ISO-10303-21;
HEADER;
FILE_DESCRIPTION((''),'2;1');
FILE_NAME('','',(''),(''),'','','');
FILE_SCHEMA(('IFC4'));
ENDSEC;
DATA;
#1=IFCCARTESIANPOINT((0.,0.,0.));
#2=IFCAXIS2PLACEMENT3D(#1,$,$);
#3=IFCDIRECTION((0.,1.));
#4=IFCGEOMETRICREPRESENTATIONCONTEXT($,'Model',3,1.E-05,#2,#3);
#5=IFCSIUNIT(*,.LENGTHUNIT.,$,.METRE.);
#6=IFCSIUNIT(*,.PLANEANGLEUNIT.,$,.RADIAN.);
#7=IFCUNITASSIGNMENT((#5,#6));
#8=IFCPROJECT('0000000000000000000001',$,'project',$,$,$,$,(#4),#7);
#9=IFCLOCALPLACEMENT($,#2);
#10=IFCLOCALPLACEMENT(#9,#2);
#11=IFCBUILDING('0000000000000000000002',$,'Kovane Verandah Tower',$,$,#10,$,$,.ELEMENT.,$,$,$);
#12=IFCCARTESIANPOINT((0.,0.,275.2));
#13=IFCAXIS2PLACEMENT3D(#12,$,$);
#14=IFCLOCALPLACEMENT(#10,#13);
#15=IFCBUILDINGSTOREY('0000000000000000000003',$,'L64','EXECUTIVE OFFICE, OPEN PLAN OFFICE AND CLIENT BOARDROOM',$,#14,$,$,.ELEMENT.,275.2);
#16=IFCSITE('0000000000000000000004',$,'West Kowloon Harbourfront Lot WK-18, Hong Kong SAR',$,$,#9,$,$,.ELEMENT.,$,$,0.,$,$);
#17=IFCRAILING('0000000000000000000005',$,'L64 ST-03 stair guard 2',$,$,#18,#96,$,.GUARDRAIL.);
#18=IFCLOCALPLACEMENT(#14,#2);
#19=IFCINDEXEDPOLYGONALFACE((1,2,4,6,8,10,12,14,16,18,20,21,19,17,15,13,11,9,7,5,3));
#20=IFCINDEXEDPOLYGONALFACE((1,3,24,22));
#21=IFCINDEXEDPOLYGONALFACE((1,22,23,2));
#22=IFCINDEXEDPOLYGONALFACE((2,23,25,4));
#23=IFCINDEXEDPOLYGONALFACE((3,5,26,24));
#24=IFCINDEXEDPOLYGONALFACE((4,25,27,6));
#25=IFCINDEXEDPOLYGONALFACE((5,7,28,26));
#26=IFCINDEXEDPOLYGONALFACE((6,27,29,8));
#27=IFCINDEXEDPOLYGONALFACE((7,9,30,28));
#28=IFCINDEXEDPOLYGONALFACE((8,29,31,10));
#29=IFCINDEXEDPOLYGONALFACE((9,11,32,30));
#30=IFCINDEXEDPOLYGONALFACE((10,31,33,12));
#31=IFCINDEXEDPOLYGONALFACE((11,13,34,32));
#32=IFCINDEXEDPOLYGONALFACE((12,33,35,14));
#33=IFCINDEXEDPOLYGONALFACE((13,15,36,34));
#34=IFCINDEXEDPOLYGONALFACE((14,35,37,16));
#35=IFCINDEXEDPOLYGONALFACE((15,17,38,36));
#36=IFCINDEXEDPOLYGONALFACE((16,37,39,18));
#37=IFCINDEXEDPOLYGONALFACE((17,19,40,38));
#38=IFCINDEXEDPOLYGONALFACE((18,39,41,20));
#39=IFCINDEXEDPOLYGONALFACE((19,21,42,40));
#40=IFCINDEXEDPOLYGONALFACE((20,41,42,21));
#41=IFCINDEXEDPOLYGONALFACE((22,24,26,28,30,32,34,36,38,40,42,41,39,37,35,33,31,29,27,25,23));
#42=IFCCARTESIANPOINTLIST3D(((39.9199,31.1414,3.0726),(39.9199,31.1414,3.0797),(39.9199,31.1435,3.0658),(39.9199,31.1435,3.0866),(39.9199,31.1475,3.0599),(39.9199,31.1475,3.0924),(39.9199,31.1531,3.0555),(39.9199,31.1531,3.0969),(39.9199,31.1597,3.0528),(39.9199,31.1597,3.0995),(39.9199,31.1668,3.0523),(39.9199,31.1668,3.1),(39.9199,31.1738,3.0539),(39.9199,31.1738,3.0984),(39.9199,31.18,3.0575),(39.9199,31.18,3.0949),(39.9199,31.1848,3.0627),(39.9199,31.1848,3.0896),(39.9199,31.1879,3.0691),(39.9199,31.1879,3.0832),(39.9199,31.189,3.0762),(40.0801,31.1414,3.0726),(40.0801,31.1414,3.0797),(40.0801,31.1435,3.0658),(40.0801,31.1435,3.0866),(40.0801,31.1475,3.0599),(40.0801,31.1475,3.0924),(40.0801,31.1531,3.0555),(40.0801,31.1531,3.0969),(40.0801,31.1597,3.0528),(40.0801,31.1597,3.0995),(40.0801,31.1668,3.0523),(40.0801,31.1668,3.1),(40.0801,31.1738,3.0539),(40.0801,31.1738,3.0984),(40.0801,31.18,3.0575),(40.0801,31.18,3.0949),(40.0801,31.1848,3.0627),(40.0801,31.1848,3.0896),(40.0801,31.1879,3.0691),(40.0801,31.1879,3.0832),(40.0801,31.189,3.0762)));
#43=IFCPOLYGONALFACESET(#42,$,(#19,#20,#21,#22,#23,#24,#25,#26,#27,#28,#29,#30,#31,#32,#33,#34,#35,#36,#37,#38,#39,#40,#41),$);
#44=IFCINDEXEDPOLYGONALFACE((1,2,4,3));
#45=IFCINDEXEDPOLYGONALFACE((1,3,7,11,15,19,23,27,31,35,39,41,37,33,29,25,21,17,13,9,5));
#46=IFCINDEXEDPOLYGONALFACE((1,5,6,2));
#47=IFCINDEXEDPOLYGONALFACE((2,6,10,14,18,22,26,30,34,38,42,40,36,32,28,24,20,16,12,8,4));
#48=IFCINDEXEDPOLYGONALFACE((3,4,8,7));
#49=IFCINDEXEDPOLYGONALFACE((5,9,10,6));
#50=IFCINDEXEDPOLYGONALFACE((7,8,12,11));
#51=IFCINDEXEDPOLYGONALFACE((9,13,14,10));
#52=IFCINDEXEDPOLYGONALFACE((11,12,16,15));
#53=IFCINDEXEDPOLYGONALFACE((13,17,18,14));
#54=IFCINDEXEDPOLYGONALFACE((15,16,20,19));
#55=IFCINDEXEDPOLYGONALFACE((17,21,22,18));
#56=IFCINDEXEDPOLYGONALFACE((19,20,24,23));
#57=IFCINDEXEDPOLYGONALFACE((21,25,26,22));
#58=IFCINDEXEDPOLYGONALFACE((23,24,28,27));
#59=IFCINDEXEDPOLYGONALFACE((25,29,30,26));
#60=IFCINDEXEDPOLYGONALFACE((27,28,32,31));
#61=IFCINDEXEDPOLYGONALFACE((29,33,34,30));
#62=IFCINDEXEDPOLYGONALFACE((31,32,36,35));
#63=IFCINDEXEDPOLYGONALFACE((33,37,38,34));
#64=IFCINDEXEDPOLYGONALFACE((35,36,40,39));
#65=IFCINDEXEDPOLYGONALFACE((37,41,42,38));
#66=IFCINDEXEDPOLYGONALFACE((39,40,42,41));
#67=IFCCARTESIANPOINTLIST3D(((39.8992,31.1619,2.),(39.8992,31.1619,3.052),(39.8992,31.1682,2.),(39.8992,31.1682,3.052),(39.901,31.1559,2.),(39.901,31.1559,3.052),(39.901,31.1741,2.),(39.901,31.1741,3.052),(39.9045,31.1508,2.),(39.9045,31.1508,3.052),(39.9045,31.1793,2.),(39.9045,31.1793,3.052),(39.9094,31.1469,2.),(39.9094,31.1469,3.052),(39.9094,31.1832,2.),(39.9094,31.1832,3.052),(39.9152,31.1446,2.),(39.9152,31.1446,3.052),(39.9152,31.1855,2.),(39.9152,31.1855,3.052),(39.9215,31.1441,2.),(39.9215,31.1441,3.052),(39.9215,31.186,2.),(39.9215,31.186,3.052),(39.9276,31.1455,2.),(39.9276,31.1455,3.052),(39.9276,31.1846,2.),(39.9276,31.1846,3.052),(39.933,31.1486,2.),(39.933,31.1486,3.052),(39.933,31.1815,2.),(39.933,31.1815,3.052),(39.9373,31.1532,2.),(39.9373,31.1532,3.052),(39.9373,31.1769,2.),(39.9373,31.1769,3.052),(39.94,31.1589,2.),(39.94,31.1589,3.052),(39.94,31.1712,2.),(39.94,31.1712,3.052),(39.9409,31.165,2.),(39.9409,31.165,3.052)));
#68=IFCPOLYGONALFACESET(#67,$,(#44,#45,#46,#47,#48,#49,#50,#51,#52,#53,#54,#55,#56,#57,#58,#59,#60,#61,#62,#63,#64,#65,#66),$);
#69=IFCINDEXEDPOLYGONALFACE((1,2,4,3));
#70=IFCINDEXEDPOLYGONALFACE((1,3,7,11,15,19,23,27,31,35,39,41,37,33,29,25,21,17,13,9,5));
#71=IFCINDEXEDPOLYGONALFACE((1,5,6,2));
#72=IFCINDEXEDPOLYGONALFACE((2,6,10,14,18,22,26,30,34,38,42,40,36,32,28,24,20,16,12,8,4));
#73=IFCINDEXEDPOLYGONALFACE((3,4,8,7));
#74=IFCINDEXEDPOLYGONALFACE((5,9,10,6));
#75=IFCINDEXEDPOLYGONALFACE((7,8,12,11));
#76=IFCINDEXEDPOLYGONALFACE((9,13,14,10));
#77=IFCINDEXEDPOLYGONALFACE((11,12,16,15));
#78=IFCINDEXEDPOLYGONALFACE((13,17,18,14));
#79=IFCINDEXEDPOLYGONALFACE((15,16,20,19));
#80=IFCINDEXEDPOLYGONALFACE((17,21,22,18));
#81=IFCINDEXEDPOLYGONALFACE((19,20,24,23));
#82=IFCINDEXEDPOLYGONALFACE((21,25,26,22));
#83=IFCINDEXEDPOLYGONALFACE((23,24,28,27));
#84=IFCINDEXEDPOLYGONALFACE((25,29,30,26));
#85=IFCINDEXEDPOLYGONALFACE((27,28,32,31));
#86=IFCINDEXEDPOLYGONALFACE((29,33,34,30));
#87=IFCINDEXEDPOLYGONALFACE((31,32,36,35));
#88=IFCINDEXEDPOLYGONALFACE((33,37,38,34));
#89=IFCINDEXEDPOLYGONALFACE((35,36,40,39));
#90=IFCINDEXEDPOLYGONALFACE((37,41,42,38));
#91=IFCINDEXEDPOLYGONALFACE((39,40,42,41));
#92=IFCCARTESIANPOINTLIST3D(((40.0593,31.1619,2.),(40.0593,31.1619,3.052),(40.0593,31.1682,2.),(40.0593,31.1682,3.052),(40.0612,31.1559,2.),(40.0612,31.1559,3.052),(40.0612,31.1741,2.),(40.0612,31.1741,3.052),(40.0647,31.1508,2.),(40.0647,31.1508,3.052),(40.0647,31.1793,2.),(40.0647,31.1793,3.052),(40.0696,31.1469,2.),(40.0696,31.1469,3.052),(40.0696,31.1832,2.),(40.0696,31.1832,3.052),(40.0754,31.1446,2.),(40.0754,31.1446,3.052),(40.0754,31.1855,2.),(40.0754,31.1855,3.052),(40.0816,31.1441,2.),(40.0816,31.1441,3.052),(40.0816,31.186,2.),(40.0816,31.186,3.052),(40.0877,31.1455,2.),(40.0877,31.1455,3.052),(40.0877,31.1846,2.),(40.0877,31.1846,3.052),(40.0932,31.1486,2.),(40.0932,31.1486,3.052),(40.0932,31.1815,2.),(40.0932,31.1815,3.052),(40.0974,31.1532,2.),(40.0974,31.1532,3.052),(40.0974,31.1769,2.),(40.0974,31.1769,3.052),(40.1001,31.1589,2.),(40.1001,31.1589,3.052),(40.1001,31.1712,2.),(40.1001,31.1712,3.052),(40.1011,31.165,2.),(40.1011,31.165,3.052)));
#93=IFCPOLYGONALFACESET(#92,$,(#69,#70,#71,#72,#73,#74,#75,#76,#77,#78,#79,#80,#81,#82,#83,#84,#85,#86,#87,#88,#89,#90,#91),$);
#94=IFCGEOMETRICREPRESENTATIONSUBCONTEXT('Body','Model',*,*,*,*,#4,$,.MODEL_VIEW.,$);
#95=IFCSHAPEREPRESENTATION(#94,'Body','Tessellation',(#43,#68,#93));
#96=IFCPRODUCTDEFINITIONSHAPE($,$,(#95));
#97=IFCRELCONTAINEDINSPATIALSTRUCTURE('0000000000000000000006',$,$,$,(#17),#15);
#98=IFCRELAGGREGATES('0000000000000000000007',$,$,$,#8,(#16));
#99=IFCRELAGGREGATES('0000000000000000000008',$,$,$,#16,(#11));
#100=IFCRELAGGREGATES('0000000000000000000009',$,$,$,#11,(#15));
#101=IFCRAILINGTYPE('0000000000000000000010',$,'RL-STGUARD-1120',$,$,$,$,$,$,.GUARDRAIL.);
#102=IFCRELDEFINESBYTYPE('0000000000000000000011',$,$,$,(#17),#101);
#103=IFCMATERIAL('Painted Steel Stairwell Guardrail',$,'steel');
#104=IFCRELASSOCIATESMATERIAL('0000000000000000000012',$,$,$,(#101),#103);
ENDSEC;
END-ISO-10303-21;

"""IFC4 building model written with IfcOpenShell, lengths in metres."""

from ifc_helpers import new_model, si_unit, direction, frame, origin, origin_2d, place, context, subcontext, project, spatial, circle, extrude, material, type_object, element, save


model = new_model("IFC4")

# Units and contexts
model_context = context("Model", 3, precision=1e-05, world=origin(), true_north=direction((0.0, 1.0)))
body_context = subcontext(model_context, "Body", "Model", "MODEL_VIEW")
ifc_project = project(units=[si_unit("LENGTHUNIT", "METRE"), si_unit("PLANEANGLEUNIT", "RADIAN")], contexts=[model_context])

# Site, building, storey
site_placement = place(None, origin())
site = spatial("IfcSite", under=ifc_project, at=site_placement, Name="West Kowloon Harbourfront Lot WK-18, Hong Kong SAR", CompositionType="ELEMENT", RefElevation=0.0)
building_placement = place(site_placement, origin())
building = spatial("IfcBuilding", under=site, at=building_placement, Name="Kovane Verandah Tower", CompositionType="ELEMENT")
storey_placement = place(building_placement, frame((0.0, 0.0, 275.2)))
storey = spatial("IfcBuildingStorey", under=building, at=storey_placement, Name="L64", Description="EXECUTIVE OFFICE, OPEN PLAN OFFICE AND CLIENT BOARDROOM", CompositionType="ELEMENT", Elevation=275.2)

# Railing
ifc_material_1 = material(Name="Painted Steel Stairwell Guardrail", Category="steel")
railing_type_1 = type_object("IfcRailingType", Name="RL-STGUARD-1120", PredefinedType="GUARDRAIL", material=ifc_material_1)
railing_1_placement = place(storey_placement, frame((39.9199, 31.165, 2.0)))
element("IfcRailing", 1, at=railing_1_placement, inside=storey, type_object=railing_type_1, Name="L64 ST-03 stair guard 2", PredefinedType="GUARDRAIL", context=body_context, shape_type="SweptSolid", body=[
    extrude(circle(Radius=0.0239, at=origin_2d()), frame((0.0, 0.0, 1.0762), z_axis=(1.0, 0.0, 0.0), x_axis=(0.0, 1.0, 0.0)), (0.0, 0.0, 1.0), 0.1602),
    extrude(circle(Radius=0.021, at=origin_2d()), origin(), (0.0, 0.0, 1.0), 1.052),
    extrude(circle(Radius=0.021, at=origin_2d()), frame((0.1602, 0.0, 0.0)), (0.0, 0.0, 1.0), 1.052),
])

save(model, "model.ifc")
